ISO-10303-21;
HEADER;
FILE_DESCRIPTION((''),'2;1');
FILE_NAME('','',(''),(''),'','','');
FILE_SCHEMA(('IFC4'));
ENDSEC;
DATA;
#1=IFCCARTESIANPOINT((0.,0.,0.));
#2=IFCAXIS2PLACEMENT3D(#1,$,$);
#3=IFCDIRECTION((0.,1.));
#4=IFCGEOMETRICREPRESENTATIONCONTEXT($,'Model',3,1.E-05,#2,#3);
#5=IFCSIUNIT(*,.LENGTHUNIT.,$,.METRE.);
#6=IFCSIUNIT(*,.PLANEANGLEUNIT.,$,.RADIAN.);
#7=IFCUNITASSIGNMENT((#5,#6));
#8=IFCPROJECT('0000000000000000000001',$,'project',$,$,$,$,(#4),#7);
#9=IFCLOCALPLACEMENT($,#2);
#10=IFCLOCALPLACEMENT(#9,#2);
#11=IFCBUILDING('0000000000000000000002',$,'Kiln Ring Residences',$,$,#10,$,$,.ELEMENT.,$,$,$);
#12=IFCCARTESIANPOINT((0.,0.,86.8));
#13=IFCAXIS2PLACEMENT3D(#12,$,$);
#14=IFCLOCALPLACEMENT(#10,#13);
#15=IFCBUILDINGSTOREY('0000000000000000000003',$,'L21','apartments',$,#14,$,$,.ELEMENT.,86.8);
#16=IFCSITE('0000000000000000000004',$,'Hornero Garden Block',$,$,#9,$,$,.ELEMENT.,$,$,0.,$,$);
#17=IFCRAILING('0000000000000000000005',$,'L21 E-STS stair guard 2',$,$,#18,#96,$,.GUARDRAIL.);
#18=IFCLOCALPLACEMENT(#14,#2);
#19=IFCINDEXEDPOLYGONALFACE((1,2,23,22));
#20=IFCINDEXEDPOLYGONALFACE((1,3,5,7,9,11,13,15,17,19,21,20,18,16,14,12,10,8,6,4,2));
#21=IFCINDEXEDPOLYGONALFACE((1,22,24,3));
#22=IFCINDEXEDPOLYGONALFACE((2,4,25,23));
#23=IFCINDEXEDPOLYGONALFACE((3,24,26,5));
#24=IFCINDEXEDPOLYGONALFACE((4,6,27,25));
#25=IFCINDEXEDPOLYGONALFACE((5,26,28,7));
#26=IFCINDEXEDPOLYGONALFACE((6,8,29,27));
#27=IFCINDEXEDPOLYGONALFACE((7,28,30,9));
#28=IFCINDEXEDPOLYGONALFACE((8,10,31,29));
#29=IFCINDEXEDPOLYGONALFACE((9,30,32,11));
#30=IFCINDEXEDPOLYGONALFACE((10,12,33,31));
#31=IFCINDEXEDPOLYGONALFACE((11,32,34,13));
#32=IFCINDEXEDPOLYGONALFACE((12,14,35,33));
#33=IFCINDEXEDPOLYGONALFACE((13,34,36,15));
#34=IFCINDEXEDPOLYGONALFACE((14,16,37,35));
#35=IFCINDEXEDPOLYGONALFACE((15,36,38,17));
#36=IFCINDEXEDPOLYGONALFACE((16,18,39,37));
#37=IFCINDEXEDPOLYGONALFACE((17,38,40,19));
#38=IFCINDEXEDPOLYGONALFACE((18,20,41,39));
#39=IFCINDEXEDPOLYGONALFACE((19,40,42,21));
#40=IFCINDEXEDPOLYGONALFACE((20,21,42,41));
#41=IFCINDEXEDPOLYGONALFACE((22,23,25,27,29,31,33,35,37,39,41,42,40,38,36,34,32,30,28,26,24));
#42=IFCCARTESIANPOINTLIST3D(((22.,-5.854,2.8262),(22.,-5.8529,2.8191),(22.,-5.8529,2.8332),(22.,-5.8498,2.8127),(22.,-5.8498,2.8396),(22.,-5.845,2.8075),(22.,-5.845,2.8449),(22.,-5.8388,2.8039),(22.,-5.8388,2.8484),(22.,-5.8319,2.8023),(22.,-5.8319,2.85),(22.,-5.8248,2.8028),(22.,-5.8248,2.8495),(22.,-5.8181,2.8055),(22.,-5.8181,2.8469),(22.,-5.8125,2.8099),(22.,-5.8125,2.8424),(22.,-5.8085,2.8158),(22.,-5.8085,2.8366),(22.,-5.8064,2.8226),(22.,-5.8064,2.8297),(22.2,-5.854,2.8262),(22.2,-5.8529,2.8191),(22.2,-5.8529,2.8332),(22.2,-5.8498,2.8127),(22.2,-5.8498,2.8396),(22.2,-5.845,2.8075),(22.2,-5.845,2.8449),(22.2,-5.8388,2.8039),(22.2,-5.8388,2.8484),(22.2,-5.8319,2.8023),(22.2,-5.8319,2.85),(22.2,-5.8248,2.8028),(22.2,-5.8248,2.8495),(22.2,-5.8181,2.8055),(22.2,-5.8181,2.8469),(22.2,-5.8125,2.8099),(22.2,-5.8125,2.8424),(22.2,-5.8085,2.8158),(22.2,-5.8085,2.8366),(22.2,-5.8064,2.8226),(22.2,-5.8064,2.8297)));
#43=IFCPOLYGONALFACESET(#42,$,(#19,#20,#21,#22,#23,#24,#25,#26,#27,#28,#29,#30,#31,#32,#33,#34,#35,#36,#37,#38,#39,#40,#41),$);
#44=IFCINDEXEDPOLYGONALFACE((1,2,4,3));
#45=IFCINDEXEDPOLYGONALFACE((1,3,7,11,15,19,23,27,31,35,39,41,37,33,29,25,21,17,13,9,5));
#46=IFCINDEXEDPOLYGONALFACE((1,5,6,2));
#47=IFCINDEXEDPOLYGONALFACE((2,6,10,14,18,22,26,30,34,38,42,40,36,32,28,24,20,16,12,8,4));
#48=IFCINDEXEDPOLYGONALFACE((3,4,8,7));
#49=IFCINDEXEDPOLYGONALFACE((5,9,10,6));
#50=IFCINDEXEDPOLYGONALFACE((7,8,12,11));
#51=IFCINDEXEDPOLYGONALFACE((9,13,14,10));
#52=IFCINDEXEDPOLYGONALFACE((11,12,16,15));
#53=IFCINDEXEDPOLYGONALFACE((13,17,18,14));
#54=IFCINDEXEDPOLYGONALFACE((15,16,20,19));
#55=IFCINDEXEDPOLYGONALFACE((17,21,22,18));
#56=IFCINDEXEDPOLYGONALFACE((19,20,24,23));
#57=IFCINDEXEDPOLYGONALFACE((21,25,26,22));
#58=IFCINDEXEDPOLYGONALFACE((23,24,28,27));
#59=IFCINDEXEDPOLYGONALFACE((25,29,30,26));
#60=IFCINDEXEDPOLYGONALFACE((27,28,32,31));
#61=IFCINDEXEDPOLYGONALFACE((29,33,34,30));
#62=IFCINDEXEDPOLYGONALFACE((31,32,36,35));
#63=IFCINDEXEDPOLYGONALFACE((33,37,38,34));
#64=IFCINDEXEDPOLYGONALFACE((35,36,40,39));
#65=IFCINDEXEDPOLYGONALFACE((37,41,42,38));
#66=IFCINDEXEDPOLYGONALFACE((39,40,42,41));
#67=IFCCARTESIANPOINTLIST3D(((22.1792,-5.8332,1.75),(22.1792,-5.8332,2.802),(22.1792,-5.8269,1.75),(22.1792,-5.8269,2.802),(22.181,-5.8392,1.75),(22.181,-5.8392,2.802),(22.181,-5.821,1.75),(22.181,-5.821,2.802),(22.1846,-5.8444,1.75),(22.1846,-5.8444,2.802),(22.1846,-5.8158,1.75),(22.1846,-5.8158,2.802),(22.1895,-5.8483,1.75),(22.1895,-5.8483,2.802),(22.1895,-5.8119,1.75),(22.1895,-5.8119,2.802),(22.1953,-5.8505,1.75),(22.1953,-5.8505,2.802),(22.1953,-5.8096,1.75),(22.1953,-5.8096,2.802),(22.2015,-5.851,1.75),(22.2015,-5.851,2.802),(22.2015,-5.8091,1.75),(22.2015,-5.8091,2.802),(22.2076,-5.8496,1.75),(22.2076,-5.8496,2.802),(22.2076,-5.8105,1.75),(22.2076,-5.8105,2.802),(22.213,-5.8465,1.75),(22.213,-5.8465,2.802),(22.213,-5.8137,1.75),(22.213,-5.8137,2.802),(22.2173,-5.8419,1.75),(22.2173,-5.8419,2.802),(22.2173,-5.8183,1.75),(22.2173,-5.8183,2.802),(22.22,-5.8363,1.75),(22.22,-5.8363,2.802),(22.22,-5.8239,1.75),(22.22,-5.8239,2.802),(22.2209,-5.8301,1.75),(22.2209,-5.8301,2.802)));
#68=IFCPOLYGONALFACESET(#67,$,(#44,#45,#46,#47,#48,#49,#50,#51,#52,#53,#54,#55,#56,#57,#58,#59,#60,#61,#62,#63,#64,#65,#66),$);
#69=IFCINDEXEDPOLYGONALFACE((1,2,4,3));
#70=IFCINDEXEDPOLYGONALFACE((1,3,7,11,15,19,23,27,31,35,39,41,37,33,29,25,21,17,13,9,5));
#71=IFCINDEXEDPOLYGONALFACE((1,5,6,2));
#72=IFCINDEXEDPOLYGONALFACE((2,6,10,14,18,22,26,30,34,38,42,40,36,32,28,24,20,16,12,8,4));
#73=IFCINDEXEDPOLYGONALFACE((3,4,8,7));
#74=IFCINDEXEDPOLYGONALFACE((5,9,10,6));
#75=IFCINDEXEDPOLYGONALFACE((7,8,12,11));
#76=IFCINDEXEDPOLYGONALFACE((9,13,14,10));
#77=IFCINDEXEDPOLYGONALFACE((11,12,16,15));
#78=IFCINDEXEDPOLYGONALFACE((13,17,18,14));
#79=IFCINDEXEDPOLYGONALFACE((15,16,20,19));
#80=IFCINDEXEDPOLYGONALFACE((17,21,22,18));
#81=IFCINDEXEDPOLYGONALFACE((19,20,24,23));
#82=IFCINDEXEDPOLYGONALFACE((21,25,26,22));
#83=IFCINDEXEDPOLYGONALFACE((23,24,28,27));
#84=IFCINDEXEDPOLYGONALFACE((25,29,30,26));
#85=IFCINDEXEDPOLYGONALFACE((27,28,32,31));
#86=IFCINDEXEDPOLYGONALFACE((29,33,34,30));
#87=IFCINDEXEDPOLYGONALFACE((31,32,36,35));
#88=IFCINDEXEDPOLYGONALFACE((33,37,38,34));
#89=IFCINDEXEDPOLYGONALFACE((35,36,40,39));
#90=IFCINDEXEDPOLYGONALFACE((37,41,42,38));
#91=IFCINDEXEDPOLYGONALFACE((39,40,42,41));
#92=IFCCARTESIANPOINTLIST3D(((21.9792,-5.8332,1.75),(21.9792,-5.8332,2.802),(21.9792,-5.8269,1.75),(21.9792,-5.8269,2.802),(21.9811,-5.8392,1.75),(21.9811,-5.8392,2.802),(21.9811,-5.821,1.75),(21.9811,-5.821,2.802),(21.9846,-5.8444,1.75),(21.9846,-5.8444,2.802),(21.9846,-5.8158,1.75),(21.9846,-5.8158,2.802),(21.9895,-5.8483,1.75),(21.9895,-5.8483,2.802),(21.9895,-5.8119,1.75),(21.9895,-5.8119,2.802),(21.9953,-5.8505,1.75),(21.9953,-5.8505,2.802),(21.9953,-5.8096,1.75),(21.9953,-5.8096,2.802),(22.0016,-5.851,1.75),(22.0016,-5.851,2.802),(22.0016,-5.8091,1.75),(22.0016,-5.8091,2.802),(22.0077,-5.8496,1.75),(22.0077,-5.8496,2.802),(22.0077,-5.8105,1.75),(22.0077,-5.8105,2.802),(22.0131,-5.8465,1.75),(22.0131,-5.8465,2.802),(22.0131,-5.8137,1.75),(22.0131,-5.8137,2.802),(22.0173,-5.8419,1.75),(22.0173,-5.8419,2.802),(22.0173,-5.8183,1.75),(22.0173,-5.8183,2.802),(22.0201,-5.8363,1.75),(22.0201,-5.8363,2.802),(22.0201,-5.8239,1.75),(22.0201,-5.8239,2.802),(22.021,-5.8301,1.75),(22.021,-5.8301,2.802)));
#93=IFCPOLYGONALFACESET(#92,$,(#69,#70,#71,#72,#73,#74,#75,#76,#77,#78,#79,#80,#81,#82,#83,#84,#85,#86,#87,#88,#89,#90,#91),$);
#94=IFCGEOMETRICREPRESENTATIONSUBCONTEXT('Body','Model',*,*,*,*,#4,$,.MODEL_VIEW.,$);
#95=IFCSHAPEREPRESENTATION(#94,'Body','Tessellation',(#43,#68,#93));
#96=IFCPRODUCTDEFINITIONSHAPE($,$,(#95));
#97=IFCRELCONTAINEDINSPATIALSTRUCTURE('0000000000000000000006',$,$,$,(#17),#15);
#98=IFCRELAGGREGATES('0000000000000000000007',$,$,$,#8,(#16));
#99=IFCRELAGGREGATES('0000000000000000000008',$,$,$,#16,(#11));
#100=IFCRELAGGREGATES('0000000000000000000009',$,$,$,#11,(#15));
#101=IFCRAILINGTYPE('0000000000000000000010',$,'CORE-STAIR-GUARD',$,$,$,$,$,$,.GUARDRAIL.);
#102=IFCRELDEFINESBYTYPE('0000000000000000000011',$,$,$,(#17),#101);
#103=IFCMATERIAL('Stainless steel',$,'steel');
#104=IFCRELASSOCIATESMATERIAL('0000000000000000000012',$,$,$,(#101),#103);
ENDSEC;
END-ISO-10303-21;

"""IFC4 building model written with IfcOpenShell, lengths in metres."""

from ifc_helpers import new_model, si_unit, direction, frame, origin, origin_2d, place, context, subcontext, project, spatial, circle, extrude, material, type_object, element, save


model = new_model("IFC4")

# Units and contexts
model_context = context("Model", 3, precision=1e-05, world=origin(), true_north=direction((0.0, 1.0)))
body_context = subcontext(model_context, "Body", "Model", "MODEL_VIEW")
ifc_project = project(units=[si_unit("LENGTHUNIT", "METRE"), si_unit("PLANEANGLEUNIT", "RADIAN")], contexts=[model_context])

# Site, building, storey
site_placement = place(None, origin())
site = spatial("IfcSite", under=ifc_project, at=site_placement, Name="Hornero Garden Block", CompositionType="ELEMENT", RefElevation=0.0)
building_placement = place(site_placement, origin())
building = spatial("IfcBuilding", under=site, at=building_placement, Name="Kiln Ring Residences", CompositionType="ELEMENT")
storey_placement = place(building_placement, frame((0.0, 0.0, 86.8)))
storey = spatial("IfcBuildingStorey", under=building, at=storey_placement, Name="L21", Description="apartments", CompositionType="ELEMENT", Elevation=86.8)

# Railing
ifc_material_1 = material(Name="Stainless steel", Category="steel")
railing_type_1 = type_object("IfcRailingType", Name="CORE-STAIR-GUARD", PredefinedType="GUARDRAIL", material=ifc_material_1)
railing_1_placement = place(storey_placement, frame((22.2, -5.8301, 1.75)))
element("IfcRailing", 1, at=railing_1_placement, inside=storey, type_object=railing_type_1, Name="L21 E-STS stair guard 2", PredefinedType="GUARDRAIL", context=body_context, shape_type="SweptSolid", body=[
    extrude(circle(Radius=0.0239, at=origin_2d()), frame((0.0, 0.0, 1.0762), z_axis=(-1.0, 0.0, 0.0), x_axis=(0.0, -1.0, 0.0)), (0.0, 0.0, 1.0), 0.2),
    extrude(circle(Radius=0.021, at=origin_2d()), origin(), (0.0, 0.0, 1.0), 1.052),
    extrude(circle(Radius=0.021, at=origin_2d()), frame((-0.2, 0.0, 0.0)), (0.0, 0.0, 1.0), 1.052),
])

save(model, "model.ifc")
